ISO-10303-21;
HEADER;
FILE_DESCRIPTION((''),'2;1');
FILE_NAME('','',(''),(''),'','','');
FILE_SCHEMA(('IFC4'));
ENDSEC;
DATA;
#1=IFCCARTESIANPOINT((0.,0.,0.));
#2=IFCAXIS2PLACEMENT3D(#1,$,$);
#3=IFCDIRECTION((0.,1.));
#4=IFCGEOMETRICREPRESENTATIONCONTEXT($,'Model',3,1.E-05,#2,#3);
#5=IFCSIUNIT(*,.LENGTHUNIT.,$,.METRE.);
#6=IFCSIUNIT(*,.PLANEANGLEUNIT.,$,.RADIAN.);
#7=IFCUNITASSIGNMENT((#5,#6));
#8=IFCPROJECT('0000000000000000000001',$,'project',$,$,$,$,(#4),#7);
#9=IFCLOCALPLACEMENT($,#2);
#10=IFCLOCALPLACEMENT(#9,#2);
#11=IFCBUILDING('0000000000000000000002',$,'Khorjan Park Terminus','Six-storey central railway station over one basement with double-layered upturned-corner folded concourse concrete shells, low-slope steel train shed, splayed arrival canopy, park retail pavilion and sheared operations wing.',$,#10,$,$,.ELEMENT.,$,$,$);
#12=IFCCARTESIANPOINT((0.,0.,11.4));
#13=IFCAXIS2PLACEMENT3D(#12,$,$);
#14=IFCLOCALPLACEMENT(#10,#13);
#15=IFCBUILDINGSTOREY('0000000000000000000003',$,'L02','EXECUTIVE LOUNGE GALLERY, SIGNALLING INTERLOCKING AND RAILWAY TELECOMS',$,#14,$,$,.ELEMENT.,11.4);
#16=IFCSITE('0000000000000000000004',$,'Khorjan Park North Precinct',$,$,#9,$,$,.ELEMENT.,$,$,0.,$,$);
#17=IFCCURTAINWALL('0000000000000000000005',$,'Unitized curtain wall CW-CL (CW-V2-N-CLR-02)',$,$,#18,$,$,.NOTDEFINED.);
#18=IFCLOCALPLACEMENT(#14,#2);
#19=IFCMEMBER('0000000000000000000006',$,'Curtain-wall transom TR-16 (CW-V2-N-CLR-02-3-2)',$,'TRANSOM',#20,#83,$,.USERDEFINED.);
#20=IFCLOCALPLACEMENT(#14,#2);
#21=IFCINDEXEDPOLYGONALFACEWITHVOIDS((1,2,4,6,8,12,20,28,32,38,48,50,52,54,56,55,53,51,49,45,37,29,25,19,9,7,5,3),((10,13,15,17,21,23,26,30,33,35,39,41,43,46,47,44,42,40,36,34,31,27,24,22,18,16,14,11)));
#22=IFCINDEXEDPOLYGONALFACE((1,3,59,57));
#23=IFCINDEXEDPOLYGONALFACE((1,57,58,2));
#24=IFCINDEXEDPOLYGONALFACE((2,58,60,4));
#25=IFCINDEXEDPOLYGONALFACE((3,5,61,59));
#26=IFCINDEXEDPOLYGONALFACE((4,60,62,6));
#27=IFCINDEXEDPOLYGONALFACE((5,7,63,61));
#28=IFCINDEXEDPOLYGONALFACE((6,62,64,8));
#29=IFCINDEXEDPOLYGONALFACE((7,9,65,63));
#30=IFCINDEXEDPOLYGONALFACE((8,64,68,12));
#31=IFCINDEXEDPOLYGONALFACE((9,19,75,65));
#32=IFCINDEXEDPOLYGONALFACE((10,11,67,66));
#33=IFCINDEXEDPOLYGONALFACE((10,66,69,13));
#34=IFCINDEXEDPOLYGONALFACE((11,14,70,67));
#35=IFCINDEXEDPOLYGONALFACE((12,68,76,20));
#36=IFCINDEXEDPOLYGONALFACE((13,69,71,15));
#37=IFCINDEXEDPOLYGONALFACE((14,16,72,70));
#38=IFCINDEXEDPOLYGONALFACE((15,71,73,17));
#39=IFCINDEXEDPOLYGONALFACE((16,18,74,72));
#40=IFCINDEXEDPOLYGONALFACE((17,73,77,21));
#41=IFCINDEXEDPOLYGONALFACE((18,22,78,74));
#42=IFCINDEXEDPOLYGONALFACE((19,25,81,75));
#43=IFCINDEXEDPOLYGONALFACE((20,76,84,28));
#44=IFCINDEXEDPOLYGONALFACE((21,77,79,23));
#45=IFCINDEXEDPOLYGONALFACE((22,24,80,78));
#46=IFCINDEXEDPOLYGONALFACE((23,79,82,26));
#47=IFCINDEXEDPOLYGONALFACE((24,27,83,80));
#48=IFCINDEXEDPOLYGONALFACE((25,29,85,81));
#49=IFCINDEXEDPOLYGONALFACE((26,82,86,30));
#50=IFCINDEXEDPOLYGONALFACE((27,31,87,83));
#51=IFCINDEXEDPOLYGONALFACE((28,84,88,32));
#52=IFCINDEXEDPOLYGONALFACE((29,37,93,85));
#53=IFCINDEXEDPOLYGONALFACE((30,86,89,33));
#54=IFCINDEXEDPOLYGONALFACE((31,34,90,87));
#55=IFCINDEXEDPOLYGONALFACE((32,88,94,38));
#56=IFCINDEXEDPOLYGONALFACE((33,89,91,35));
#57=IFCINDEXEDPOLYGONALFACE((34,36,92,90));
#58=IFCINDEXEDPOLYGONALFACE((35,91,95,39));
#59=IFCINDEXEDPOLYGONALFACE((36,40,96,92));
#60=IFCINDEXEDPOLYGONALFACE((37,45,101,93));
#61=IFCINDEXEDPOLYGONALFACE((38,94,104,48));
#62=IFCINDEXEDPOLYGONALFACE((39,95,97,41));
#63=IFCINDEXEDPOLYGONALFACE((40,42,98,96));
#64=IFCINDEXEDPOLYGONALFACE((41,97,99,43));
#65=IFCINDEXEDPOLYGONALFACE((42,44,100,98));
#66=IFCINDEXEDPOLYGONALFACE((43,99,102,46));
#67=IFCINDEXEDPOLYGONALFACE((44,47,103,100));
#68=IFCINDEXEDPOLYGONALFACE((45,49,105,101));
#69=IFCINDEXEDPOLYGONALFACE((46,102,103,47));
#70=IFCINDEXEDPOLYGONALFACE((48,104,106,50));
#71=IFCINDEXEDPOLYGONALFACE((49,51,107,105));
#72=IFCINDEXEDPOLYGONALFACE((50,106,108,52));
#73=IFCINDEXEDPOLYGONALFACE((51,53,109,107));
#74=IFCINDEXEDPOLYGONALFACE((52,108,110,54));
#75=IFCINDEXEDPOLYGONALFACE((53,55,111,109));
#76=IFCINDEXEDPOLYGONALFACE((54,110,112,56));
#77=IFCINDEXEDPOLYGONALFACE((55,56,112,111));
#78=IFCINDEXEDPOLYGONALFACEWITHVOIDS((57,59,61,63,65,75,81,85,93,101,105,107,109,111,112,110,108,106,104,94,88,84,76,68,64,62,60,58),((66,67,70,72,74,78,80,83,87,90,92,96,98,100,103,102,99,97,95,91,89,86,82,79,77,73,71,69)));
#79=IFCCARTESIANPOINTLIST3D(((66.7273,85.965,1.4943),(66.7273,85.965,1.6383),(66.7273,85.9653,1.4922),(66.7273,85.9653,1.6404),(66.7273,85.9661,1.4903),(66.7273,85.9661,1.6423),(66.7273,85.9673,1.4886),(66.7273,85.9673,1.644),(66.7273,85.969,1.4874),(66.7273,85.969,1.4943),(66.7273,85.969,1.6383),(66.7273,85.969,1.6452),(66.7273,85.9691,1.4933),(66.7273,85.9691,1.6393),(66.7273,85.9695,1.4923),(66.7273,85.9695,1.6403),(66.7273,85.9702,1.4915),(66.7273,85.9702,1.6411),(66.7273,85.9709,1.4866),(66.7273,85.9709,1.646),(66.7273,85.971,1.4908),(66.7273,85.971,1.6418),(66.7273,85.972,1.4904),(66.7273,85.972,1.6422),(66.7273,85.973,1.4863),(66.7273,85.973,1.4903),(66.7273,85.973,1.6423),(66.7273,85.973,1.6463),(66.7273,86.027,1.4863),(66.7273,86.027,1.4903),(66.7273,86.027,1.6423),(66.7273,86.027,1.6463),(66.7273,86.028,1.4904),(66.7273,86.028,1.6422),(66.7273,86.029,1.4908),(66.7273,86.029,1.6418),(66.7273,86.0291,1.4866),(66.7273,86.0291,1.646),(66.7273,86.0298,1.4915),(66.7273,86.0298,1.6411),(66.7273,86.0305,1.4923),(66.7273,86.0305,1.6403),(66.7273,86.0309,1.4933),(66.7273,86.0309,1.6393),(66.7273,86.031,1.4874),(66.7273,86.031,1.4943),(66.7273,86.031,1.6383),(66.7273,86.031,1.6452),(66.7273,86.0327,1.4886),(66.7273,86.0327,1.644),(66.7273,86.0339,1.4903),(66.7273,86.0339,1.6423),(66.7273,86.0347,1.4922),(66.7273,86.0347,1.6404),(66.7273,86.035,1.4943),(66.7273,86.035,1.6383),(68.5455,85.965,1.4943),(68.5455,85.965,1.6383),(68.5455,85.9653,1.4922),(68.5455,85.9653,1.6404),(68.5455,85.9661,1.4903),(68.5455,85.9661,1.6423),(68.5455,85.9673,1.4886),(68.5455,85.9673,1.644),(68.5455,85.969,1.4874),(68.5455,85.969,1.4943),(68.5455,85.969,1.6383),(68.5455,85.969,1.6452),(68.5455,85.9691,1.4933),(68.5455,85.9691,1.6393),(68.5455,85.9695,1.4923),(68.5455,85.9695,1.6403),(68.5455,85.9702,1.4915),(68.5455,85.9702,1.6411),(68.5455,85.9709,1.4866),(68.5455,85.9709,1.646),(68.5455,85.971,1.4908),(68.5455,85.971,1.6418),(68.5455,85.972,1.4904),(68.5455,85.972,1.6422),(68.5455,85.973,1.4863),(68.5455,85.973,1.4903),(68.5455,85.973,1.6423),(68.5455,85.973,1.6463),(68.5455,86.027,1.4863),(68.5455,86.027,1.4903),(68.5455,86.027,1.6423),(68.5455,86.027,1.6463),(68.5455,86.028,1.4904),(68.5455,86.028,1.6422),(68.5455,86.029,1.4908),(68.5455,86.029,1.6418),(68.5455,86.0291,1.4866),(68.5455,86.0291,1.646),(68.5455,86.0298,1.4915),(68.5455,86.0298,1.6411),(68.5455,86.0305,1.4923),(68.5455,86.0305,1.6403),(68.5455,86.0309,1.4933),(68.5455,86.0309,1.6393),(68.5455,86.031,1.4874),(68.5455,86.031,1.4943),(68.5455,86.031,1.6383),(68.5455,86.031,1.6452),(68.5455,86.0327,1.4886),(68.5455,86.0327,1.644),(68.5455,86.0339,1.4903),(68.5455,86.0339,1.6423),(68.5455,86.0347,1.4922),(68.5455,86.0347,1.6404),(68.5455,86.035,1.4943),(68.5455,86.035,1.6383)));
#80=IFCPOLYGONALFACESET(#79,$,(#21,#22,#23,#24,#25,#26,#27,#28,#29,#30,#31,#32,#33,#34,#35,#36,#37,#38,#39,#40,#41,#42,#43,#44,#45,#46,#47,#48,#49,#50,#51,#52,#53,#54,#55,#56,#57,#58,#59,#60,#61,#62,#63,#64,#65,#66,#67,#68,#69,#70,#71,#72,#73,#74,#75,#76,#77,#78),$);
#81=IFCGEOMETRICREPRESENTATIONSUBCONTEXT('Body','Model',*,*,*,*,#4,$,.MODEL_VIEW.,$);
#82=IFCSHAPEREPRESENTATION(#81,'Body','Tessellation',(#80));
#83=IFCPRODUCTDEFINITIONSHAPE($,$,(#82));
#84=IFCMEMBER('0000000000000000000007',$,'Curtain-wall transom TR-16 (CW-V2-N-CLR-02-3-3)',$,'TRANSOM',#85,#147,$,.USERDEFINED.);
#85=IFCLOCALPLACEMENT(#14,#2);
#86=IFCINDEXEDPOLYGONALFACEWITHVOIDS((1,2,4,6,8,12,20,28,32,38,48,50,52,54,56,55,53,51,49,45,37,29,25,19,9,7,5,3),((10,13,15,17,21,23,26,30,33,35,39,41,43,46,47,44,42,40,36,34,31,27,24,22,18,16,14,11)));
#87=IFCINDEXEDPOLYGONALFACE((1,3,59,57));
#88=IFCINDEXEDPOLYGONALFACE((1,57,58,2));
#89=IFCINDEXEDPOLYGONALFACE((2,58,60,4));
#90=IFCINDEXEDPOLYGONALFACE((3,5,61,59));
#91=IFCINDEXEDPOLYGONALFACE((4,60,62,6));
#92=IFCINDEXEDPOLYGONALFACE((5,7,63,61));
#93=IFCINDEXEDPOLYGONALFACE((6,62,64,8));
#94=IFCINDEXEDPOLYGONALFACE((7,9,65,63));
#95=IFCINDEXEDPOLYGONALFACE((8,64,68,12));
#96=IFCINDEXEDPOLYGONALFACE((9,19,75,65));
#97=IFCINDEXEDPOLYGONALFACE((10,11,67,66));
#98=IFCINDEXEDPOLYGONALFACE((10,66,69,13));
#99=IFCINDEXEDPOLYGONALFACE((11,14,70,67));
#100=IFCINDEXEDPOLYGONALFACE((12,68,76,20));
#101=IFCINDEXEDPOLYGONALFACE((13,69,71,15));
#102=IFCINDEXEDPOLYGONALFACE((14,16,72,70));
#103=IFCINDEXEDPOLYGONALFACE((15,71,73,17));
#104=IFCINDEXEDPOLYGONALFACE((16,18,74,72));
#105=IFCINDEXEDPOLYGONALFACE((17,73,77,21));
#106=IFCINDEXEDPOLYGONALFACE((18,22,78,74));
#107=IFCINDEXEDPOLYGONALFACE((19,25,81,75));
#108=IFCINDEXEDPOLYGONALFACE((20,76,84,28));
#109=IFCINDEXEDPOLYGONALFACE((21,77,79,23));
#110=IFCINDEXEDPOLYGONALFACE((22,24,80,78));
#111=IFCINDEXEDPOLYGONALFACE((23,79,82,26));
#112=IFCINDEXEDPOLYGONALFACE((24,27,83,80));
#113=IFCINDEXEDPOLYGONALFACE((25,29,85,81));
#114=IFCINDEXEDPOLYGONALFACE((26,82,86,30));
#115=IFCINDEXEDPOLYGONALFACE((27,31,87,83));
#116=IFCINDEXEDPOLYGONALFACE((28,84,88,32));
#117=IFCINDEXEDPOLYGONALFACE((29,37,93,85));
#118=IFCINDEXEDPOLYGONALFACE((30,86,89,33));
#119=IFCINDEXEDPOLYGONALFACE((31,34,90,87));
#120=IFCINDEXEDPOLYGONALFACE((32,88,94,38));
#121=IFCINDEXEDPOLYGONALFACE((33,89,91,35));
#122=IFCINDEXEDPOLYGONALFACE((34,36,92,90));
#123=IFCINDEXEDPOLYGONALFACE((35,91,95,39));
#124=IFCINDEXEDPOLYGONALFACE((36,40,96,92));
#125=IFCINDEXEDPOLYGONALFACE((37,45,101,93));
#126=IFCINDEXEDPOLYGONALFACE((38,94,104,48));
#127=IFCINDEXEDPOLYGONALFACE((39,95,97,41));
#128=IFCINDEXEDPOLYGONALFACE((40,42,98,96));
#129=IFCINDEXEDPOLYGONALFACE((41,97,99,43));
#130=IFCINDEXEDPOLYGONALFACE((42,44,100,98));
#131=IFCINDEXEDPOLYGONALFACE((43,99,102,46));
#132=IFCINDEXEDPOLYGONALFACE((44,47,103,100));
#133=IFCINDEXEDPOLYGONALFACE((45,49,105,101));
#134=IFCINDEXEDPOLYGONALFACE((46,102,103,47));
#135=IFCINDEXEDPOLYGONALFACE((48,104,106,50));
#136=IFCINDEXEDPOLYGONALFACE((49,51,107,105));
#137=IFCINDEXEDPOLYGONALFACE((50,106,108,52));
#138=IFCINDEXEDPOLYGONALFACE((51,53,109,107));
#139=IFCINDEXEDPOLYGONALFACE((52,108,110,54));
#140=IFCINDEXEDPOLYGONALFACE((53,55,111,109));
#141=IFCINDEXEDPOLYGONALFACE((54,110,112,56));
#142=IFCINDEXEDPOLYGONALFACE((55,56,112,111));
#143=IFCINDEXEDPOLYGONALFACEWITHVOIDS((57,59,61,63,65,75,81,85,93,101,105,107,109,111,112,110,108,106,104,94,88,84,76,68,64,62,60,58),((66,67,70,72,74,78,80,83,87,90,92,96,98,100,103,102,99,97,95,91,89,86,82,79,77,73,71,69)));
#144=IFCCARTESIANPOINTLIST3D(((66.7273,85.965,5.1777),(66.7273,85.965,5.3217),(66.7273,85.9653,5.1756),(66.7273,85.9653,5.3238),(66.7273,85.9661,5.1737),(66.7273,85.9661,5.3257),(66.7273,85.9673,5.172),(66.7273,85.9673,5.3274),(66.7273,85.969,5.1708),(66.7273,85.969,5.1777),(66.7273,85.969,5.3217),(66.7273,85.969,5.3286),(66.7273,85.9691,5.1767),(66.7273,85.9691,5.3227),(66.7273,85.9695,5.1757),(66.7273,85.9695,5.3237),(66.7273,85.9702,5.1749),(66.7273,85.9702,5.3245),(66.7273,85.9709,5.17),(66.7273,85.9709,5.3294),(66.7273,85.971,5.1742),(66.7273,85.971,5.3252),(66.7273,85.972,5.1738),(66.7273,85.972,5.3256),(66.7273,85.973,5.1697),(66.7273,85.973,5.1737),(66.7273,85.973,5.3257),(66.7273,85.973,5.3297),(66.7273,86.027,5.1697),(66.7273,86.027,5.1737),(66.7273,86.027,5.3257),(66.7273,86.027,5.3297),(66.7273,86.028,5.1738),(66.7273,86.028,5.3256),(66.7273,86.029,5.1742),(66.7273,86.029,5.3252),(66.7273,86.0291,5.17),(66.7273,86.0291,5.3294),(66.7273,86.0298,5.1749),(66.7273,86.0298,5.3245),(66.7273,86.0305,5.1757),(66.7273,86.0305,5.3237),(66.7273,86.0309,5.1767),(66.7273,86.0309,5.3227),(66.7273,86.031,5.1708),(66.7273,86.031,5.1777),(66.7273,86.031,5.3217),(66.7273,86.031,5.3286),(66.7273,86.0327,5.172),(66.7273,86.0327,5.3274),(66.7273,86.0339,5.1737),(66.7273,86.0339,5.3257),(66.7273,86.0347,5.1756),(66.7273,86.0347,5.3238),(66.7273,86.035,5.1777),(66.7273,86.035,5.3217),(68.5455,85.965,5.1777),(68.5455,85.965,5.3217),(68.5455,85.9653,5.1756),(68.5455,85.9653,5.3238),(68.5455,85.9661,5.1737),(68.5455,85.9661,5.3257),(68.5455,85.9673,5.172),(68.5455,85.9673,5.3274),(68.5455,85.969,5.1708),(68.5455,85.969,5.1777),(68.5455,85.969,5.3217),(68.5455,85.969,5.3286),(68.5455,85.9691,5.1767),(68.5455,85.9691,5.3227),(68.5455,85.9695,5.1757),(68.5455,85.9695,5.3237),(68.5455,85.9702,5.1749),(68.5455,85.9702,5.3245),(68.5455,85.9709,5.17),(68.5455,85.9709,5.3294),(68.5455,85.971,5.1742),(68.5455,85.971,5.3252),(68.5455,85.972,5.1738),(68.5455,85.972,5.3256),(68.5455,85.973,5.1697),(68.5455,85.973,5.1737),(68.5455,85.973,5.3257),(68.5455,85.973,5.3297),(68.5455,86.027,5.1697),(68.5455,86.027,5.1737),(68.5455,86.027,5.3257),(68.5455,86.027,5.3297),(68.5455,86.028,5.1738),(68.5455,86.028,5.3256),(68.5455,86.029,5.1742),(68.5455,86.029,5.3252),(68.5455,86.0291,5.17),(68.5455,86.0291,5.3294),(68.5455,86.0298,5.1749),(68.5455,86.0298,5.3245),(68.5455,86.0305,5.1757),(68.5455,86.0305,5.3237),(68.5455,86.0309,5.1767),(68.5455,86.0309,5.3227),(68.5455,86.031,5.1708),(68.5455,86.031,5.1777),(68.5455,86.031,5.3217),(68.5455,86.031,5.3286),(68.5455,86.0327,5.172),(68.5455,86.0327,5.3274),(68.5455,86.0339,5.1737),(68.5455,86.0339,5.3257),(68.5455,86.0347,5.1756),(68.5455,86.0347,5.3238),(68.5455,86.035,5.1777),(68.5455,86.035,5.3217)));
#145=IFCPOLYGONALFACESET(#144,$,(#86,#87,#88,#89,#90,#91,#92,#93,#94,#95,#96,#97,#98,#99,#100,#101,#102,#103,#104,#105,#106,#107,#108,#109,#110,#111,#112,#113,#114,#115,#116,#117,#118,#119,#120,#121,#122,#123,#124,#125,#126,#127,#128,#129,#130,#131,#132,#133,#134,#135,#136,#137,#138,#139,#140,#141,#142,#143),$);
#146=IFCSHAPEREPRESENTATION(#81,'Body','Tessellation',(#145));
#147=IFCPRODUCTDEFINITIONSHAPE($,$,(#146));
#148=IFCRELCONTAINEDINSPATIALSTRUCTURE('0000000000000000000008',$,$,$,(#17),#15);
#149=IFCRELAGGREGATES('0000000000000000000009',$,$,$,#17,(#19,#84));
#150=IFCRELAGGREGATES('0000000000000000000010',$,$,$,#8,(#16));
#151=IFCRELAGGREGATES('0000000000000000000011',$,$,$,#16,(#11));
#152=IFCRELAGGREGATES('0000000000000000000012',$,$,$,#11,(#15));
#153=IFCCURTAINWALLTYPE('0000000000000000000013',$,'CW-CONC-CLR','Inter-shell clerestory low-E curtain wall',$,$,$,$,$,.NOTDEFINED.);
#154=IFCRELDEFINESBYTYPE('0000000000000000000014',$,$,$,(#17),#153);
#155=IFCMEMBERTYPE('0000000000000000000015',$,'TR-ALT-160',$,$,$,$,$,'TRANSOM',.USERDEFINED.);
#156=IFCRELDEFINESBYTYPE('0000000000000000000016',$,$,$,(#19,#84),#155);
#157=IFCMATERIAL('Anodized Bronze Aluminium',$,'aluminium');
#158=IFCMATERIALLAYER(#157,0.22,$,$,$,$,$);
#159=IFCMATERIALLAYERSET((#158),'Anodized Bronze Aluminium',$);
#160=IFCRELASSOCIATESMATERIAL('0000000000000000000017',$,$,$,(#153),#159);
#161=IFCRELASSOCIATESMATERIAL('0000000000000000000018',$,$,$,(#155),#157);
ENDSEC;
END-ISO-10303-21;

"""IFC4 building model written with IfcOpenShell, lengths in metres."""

from ifc_helpers import new_model, si_unit, direction, frame, origin, origin_2d, place, context, subcontext, project, spatial, hollow_rectangle, extrude, material, layer, layer_set, material_profile, profile_set, type_object, element, aggregate, save


model = new_model("IFC4")

# Units and contexts
model_context = context("Model", 3, precision=1e-05, world=origin(), true_north=direction((0.0, 1.0)))
body_context = subcontext(model_context, "Body", "Model", "MODEL_VIEW")
ifc_project = project(units=[si_unit("LENGTHUNIT", "METRE"), si_unit("PLANEANGLEUNIT", "RADIAN")], contexts=[model_context])

# Site, building, storey
site_placement = place(None, origin())
site = spatial("IfcSite", under=ifc_project, at=site_placement, Name="Khorjan Park North Precinct", CompositionType="ELEMENT", RefElevation=0.0)
building_placement = place(site_placement, origin())
building = spatial("IfcBuilding", under=site, at=building_placement, Name="Khorjan Park Terminus", Description="Six-storey central railway station over one basement with double-layered upturned-corner folded concourse concrete shells, low-slope steel train shed, splayed arrival canopy, park retail pavilion and sheared operations wing.", CompositionType="ELEMENT")
storey_placement = place(building_placement, frame((0.0, 0.0, 11.4)))
storey = spatial("IfcBuildingStorey", under=building, at=storey_placement, Name="L02", Description="EXECUTIVE LOUNGE GALLERY, SIGNALLING INTERLOCKING AND RAILWAY TELECOMS", CompositionType="ELEMENT", Elevation=11.4)

# Curtain wall, members
ifc_material_1 = material(Name="Anodized Bronze Aluminium", Category="aluminium")
ifc_layer_1 = layer(ifc_material_1, 0.22)
ifc_layer_set_1 = layer_set([ifc_layer_1], Name="Anodized Bronze Aluminium")
curtain_wall_type = type_object("IfcCurtainWallType", Name="CW-CONC-CLR", Description="Inter-shell clerestory low-E curtain wall", PredefinedType="NOTDEFINED", material=ifc_layer_set_1)
curtain_wall_placement = place(storey_placement, origin())
curtain_wall = element("IfcCurtainWall", 1, at=curtain_wall_placement, inside=storey, type_object=curtain_wall_type, Name="Unitized curtain wall CW-CL (CW-V2-N-CLR-02)", PredefinedType="NOTDEFINED")
ifc_material_profile_1 = material_profile(ifc_material_1, hollow_rectangle(XDim=0.07, YDim=0.16, WallThickness=0.004, InnerFilletRadius=0.004, OuterFilletRadius=0.008, at=origin_2d()), Name="ALT 70x160x4")
ifc_profile_set_1 = profile_set([ifc_material_profile_1], Name="Anodized Bronze Aluminium")
member_type_1 = type_object("IfcMemberType", Name="TR-ALT-160", ElementType="TRANSOM", PredefinedType="USERDEFINED", material=ifc_profile_set_1)
member_1_placement = place(storey_placement, frame((68.5455, 86.0, 1.5663), z_axis=(-1.0, 0.0, 0.0), x_axis=(0.0, -1.0, 0.0)))
member_1 = element("IfcMember", 2, at=member_1_placement, type_object=member_type_1, Name="Curtain-wall transom TR-16 (CW-V2-N-CLR-02-3-2)", ObjectType="TRANSOM", PredefinedType="USERDEFINED", context=body_context, shape_type="SweptSolid", body=[
    extrude(hollow_rectangle(XDim=0.07, YDim=0.16, WallThickness=0.004, InnerFilletRadius=0.004, OuterFilletRadius=0.008, at=origin_2d()), origin(), (0.0, 0.0, 1.0), 1.8182),
])
member_2_placement = place(storey_placement, frame((68.5455, 86.0, 5.2497), z_axis=(-1.0, 0.0, 0.0), x_axis=(0.0, -1.0, 0.0)))
member_2 = element("IfcMember", 3, at=member_2_placement, type_object=member_type_1, Name="Curtain-wall transom TR-16 (CW-V2-N-CLR-02-3-3)", ObjectType="TRANSOM", PredefinedType="USERDEFINED", context=body_context, shape_type="SweptSolid", body=[
    extrude(hollow_rectangle(XDim=0.07, YDim=0.16, WallThickness=0.004, InnerFilletRadius=0.004, OuterFilletRadius=0.008, at=origin_2d()), origin(), (0.0, 0.0, 1.0), 1.8182),
])

aggregate(curtain_wall, [member_1, member_2])

save(model, "model.ifc")
